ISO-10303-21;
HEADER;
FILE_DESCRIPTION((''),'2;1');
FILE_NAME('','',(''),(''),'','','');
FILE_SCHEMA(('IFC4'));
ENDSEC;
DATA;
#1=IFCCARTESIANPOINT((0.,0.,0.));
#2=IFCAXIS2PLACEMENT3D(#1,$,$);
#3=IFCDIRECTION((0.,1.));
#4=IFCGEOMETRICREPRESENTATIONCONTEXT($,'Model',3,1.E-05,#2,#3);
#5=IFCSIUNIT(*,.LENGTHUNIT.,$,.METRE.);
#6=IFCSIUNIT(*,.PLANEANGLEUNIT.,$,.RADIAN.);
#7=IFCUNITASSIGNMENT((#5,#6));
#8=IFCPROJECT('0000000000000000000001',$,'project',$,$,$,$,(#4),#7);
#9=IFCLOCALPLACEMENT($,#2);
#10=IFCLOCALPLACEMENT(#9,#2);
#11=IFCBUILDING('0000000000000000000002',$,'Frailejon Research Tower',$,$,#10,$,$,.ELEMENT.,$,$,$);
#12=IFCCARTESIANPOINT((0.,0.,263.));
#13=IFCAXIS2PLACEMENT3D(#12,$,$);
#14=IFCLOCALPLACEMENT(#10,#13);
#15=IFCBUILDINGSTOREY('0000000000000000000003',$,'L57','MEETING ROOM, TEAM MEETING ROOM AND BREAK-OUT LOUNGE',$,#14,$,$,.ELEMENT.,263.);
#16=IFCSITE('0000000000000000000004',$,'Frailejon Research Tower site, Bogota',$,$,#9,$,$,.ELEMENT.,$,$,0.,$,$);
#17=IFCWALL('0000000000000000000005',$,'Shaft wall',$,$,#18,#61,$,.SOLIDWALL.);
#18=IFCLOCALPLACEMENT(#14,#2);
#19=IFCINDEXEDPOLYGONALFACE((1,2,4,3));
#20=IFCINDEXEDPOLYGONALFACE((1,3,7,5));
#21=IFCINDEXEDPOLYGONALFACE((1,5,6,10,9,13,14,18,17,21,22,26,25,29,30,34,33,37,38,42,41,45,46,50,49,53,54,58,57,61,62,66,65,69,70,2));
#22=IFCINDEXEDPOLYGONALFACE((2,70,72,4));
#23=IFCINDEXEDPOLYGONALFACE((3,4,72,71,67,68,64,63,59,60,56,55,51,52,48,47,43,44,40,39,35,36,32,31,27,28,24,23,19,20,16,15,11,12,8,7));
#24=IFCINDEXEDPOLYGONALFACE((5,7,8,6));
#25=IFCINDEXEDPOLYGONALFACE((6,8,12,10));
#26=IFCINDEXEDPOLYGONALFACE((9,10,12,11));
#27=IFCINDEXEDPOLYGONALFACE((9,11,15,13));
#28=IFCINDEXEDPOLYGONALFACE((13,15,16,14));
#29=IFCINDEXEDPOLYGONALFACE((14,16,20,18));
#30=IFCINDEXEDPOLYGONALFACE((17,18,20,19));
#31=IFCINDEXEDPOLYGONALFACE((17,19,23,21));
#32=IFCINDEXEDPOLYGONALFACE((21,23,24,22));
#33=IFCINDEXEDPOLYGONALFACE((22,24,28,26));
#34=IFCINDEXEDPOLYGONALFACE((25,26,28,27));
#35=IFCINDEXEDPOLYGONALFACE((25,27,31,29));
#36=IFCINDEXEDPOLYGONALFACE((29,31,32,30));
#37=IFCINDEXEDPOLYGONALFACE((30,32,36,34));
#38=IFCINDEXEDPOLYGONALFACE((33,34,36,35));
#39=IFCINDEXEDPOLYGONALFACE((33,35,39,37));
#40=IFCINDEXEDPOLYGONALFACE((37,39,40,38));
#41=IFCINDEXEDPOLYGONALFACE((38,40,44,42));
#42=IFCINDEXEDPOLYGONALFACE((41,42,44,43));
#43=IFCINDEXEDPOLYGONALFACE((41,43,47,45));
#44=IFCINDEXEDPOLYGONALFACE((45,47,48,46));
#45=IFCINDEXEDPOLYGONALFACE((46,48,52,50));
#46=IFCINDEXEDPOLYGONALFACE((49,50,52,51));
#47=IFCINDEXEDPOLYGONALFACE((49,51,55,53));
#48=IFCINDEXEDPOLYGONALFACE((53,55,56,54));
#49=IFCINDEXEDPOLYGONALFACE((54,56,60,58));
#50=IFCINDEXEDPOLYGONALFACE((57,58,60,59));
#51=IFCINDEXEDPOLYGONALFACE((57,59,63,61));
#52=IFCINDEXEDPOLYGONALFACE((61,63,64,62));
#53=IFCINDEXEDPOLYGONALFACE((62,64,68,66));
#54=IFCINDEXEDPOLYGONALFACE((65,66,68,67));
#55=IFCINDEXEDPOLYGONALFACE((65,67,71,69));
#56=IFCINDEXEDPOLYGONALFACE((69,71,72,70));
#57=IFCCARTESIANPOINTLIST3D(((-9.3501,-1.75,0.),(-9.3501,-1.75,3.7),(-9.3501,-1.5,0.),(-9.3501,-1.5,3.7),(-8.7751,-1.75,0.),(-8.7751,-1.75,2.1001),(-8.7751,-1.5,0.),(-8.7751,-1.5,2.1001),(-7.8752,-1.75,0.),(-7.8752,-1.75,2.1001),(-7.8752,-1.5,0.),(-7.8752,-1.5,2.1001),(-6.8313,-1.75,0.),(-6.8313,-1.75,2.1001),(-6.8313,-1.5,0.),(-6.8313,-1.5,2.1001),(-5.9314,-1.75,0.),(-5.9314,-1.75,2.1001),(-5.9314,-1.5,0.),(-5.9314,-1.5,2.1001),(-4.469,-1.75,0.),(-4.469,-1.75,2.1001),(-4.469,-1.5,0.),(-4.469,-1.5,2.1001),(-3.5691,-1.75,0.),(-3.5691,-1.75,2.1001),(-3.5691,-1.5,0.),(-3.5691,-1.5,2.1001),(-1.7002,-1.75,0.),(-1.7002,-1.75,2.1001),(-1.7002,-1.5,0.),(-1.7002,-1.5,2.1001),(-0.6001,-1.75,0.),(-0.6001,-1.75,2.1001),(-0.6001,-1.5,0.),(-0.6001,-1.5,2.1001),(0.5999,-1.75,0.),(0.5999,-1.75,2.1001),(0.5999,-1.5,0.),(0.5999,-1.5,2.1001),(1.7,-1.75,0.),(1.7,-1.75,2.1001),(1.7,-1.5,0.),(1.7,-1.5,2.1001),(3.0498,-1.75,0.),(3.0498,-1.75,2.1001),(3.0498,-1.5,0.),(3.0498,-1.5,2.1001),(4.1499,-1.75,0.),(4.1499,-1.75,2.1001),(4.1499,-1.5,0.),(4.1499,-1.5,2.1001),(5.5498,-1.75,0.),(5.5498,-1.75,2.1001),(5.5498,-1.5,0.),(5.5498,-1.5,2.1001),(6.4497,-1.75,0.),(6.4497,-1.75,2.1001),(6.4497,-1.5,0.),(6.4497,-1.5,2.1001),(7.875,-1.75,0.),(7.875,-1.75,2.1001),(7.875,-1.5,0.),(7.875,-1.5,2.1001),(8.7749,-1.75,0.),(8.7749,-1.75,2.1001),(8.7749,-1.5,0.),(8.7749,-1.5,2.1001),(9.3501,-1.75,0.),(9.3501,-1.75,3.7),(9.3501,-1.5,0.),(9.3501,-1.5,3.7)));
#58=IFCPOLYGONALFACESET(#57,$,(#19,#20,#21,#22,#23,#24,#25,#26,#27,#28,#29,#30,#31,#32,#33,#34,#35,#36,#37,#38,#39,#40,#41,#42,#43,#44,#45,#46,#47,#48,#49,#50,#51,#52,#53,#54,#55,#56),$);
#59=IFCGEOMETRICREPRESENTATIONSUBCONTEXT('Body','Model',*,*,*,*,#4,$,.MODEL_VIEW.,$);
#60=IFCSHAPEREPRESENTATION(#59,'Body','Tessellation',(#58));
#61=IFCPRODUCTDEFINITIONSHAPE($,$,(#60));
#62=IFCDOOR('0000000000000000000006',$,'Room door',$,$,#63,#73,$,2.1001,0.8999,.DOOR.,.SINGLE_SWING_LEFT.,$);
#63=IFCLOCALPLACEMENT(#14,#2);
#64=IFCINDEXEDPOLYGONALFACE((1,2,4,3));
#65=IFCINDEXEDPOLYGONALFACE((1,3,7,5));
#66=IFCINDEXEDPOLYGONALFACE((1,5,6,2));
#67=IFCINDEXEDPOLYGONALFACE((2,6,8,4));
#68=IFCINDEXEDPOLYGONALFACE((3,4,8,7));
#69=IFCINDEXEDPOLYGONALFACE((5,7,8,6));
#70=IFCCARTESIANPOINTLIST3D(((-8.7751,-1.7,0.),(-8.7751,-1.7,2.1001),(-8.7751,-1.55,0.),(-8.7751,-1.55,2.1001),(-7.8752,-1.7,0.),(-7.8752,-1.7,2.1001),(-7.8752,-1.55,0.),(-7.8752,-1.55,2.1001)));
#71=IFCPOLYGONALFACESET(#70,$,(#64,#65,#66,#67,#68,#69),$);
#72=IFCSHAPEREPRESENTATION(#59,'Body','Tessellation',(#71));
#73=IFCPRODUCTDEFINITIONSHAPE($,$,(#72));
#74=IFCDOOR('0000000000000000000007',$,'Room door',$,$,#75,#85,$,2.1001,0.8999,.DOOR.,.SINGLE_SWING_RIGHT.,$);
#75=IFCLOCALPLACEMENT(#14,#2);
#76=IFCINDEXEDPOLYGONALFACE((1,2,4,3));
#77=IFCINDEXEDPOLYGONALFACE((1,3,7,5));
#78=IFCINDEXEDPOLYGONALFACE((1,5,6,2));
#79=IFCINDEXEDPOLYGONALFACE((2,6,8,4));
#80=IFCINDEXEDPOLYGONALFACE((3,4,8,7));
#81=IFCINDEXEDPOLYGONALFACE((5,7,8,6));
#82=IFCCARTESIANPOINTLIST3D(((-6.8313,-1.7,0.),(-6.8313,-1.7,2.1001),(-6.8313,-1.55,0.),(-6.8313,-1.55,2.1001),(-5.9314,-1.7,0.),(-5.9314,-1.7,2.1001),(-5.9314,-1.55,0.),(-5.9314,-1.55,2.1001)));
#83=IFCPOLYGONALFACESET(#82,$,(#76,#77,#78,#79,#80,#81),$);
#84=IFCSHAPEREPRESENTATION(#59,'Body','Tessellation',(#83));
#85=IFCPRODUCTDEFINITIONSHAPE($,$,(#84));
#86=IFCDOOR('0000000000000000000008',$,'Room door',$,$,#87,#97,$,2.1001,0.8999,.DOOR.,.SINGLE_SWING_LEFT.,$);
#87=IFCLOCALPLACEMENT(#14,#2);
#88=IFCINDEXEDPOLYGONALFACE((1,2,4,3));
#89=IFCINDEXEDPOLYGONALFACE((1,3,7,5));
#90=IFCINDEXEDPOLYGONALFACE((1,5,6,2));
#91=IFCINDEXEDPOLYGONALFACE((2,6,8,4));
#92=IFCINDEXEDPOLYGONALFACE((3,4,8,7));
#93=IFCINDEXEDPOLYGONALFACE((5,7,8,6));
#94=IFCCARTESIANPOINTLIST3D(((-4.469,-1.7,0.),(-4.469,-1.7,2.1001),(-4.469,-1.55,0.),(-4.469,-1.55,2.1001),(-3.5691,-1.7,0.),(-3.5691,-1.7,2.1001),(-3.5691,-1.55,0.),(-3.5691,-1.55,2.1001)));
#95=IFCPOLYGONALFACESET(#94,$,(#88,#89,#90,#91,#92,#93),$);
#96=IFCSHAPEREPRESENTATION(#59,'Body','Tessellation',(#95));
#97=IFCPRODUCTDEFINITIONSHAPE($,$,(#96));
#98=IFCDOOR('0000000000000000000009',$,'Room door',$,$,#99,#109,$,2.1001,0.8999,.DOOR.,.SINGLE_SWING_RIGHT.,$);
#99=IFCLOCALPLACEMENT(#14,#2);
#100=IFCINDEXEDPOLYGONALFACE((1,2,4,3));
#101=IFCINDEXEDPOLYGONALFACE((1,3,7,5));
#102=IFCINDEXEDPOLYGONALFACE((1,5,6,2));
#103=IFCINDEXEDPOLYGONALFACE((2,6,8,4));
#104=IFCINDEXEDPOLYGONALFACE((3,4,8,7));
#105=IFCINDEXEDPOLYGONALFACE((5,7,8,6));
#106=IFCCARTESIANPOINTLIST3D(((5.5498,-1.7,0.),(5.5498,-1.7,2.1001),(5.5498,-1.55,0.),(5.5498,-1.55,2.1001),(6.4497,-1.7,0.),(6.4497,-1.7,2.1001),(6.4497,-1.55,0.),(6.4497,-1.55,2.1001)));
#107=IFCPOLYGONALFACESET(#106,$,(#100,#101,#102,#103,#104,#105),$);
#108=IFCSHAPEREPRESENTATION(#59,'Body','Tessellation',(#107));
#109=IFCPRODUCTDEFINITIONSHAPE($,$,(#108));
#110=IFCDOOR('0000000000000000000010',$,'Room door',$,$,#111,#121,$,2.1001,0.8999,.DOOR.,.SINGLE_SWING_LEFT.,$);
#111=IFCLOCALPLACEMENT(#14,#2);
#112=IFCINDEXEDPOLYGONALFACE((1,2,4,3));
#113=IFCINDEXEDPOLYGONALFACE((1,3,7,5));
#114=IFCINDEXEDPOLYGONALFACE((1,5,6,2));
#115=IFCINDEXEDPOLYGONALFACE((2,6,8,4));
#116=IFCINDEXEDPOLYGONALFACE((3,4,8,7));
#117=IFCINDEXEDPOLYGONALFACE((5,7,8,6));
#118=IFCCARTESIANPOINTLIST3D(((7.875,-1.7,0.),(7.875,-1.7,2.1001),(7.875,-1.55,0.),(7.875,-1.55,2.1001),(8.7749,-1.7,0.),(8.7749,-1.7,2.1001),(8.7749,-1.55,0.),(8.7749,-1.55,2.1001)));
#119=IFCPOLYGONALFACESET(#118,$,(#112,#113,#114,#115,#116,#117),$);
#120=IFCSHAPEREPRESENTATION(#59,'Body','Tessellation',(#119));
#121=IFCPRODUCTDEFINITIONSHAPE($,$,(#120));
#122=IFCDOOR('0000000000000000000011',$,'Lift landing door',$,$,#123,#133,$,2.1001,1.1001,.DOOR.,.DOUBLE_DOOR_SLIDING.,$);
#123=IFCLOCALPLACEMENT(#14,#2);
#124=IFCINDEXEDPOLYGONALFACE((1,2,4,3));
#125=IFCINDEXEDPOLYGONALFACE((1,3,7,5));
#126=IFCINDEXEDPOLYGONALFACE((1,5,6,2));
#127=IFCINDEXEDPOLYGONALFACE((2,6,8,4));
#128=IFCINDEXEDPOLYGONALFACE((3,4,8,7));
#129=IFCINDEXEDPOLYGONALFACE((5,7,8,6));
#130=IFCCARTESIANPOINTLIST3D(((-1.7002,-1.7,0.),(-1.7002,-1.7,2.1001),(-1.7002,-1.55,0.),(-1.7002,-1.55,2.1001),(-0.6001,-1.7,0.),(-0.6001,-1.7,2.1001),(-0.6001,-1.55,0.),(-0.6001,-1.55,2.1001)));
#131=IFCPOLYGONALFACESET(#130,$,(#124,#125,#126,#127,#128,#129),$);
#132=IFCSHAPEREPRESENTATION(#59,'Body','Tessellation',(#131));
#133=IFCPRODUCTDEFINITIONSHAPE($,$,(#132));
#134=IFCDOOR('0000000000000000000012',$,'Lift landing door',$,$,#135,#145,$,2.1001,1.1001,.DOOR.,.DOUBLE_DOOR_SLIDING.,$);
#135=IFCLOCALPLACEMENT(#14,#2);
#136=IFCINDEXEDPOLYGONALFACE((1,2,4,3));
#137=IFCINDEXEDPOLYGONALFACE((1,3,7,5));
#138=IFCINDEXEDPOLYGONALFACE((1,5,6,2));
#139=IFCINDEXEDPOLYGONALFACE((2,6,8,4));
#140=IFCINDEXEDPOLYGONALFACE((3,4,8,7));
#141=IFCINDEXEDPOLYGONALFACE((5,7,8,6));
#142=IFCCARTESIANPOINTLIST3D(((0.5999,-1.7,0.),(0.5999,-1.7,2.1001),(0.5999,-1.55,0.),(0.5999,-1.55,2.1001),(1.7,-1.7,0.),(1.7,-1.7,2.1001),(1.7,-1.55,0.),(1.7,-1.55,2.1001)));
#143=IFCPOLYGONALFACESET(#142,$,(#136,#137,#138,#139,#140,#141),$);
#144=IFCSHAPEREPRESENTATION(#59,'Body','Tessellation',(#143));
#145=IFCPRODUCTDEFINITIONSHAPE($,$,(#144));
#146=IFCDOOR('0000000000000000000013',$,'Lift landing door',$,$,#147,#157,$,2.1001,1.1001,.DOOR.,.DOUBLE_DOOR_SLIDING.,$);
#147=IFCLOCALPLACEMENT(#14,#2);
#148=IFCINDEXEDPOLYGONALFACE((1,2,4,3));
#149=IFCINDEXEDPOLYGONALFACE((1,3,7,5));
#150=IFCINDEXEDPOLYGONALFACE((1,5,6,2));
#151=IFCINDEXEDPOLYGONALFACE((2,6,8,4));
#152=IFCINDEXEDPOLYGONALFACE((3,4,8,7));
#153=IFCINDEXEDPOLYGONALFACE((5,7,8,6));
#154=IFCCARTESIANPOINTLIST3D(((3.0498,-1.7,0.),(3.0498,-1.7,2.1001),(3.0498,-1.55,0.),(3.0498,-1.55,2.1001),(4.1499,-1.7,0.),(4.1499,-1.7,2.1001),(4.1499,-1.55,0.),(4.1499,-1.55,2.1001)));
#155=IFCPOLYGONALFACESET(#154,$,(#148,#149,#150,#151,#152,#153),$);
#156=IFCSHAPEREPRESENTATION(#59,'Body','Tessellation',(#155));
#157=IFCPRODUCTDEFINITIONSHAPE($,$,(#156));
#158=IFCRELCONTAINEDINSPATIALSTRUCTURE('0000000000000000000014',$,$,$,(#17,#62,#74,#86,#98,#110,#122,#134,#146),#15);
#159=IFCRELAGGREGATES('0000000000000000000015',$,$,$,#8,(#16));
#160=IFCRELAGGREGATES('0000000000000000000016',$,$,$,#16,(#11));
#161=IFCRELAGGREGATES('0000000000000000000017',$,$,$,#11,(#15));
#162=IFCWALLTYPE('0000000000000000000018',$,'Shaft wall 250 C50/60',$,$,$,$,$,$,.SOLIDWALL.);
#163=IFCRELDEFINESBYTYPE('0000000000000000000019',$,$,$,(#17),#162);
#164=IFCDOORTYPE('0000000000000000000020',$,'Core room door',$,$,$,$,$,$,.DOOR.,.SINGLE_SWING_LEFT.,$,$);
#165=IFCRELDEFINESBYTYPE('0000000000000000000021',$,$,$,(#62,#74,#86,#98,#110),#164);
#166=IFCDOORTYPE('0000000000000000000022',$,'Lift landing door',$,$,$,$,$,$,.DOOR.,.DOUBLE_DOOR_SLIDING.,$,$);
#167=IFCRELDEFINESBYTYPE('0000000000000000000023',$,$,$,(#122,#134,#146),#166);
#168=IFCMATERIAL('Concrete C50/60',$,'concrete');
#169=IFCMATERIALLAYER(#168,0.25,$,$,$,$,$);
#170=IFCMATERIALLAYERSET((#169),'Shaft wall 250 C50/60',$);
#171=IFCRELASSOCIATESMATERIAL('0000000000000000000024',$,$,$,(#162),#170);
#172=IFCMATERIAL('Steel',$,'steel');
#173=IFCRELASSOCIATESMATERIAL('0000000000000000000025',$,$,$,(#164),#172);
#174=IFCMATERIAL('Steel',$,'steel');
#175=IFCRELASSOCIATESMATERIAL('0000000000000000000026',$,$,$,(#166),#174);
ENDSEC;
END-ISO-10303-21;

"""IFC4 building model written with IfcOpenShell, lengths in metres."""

from ifc_helpers import new_model, si_unit, direction, frame, frame_2d, origin, place, context, subcontext, project, spatial, rectangle, extrude, material, layer, layer_set, type_object, element, fill, save


model = new_model("IFC4")

# Units and contexts
model_context = context("Model", 3, precision=1e-05, world=origin(), true_north=direction((0.0, 1.0)))
body_context = subcontext(model_context, "Body", "Model", "MODEL_VIEW")
ifc_project = project(units=[si_unit("LENGTHUNIT", "METRE"), si_unit("PLANEANGLEUNIT", "RADIAN")], contexts=[model_context])

# Site, building, storey
site_placement = place(None, origin())
site = spatial("IfcSite", under=ifc_project, at=site_placement, Name="Frailejon Research Tower site, Bogota", CompositionType="ELEMENT", RefElevation=0.0)
building_placement = place(site_placement, origin())
building = spatial("IfcBuilding", under=site, at=building_placement, Name="Frailejon Research Tower", CompositionType="ELEMENT")
storey_placement = place(building_placement, frame((0.0, 0.0, 263.0)))
storey = spatial("IfcBuildingStorey", under=building, at=storey_placement, Name="L57", Description="MEETING ROOM, TEAM MEETING ROOM AND BREAK-OUT LOUNGE", CompositionType="ELEMENT", Elevation=263.0)

# Wall, openings, doors
ifc_material_1 = material(Name="Concrete C50/60", Category="concrete")
ifc_layer_1 = layer(ifc_material_1, 0.25)
ifc_layer_set_1 = layer_set([ifc_layer_1], Name="Shaft wall 250 C50/60")
wall_type_1 = type_object("IfcWallType", Name="Shaft wall 250 C50/60", PredefinedType="SOLIDWALL", material=ifc_layer_set_1)
wall_1_placement = place(storey_placement, frame((-9.3501, -1.625, 0.0), z_axis=(0.0, 0.0, 1.0), x_axis=(1.0, 0.0, 0.0)))
wall_1 = element("IfcWall", 1, at=wall_1_placement, inside=storey, type_object=wall_type_1, Name="Shaft wall", PredefinedType="SOLIDWALL", context=body_context, shape_type="SweptSolid", body=[
    extrude(rectangle(XDim=18.7002, YDim=0.25, at=frame_2d((9.3501, 0.0))), origin(), (0.0, 0.0, 1.0), 3.7),
])
opening_1_placement = place(wall_1_placement, frame((7.6499, 0.0, 0.0)))
opening_1 = element("IfcOpeningElement", 2, at=opening_1_placement, cuts=wall_1, PredefinedType="OPENING", context=body_context, shape_type="SweptSolid", body=[
    extrude(rectangle(XDim=1.1001, YDim=2.1001, at=frame_2d((0.55, 1.05))), frame((0.0, 0.135, 0.0), z_axis=(0.0, -1.0, 0.0), x_axis=(1.0, 0.0, 0.0)), (0.0, 0.0, 1.0), 0.27),
])
opening_2_placement = place(wall_1_placement, frame((9.95, 0.0, 0.0)))
opening_2 = element("IfcOpeningElement", 3, at=opening_2_placement, cuts=wall_1, PredefinedType="OPENING", context=body_context, shape_type="SweptSolid", body=[
    extrude(rectangle(XDim=1.1001, YDim=2.1001, at=frame_2d((0.55, 1.05))), frame((0.0, 0.135, 0.0), z_axis=(0.0, -1.0, 0.0), x_axis=(1.0, 0.0, 0.0)), (0.0, 0.0, 1.0), 0.27),
])
opening_3_placement = place(wall_1_placement, frame((12.3999, 0.0, 0.0)))
opening_3 = element("IfcOpeningElement", 4, at=opening_3_placement, cuts=wall_1, PredefinedType="OPENING", context=body_context, shape_type="SweptSolid", body=[
    extrude(rectangle(XDim=1.1001, YDim=2.1001, at=frame_2d((0.55, 1.05))), frame((0.0, 0.135, 0.0), z_axis=(0.0, -1.0, 0.0), x_axis=(1.0, 0.0, 0.0)), (0.0, 0.0, 1.0), 0.27),
])
opening_4_placement = place(wall_1_placement, frame((0.575, 0.0, 0.0)))
opening_4 = element("IfcOpeningElement", 5, at=opening_4_placement, cuts=wall_1, PredefinedType="OPENING", context=body_context, shape_type="SweptSolid", body=[
    extrude(rectangle(XDim=0.8999, YDim=2.1001, at=frame_2d((0.45, 1.05))), frame((0.0, 0.135, 0.0), z_axis=(0.0, -1.0, 0.0), x_axis=(1.0, 0.0, 0.0)), (0.0, 0.0, 1.0), 0.27),
])
opening_5_placement = place(wall_1_placement, frame((2.5188, 0.0, 0.0)))
opening_5 = element("IfcOpeningElement", 6, at=opening_5_placement, cuts=wall_1, PredefinedType="OPENING", context=body_context, shape_type="SweptSolid", body=[
    extrude(rectangle(XDim=0.8999, YDim=2.1001, at=frame_2d((0.45, 1.05))), frame((0.0, 0.135, 0.0), z_axis=(0.0, -1.0, 0.0), x_axis=(1.0, 0.0, 0.0)), (0.0, 0.0, 1.0), 0.27),
])
opening_6_placement = place(wall_1_placement, frame((4.8811, 0.0, 0.0)))
opening_6 = element("IfcOpeningElement", 7, at=opening_6_placement, cuts=wall_1, PredefinedType="OPENING", context=body_context, shape_type="SweptSolid", body=[
    extrude(rectangle(XDim=0.8999, YDim=2.1001, at=frame_2d((0.45, 1.05))), frame((0.0, 0.135, 0.0), z_axis=(0.0, -1.0, 0.0), x_axis=(1.0, 0.0, 0.0)), (0.0, 0.0, 1.0), 0.27),
])
opening_7_placement = place(wall_1_placement, frame((14.8999, 0.0, 0.0)))
opening_7 = element("IfcOpeningElement", 8, at=opening_7_placement, cuts=wall_1, PredefinedType="OPENING", context=body_context, shape_type="SweptSolid", body=[
    extrude(rectangle(XDim=0.8999, YDim=2.1001, at=frame_2d((0.45, 1.05))), frame((0.0, 0.135, 0.0), z_axis=(0.0, -1.0, 0.0), x_axis=(1.0, 0.0, 0.0)), (0.0, 0.0, 1.0), 0.27),
])
opening_8_placement = place(wall_1_placement, frame((17.2251, 0.0, 0.0)))
opening_8 = element("IfcOpeningElement", 9, at=opening_8_placement, cuts=wall_1, PredefinedType="OPENING", context=body_context, shape_type="SweptSolid", body=[
    extrude(rectangle(XDim=0.8999, YDim=2.1001, at=frame_2d((0.45, 1.05))), frame((0.0, 0.135, 0.0), z_axis=(0.0, -1.0, 0.0), x_axis=(1.0, 0.0, 0.0)), (0.0, 0.0, 1.0), 0.27),
])
ifc_material_2 = material(Name="Steel", Category="steel")
door_type_1 = type_object("IfcDoorType", Name="Core room door", OperationType="SINGLE_SWING_LEFT", PredefinedType="DOOR", material=ifc_material_2)
door_1_placement = place(opening_4_placement, origin())
door_1 = element("IfcDoor", 10, at=door_1_placement, inside=storey, type_object=door_type_1, Name="Room door", OperationType="SINGLE_SWING_LEFT", OverallHeight=2.1001, OverallWidth=0.8999, PredefinedType="DOOR", context=body_context, shape_type="SweptSolid", body=[
    extrude(rectangle(XDim=0.8999, YDim=2.1001, at=frame_2d((0.45, 1.05))), frame((0.0, 0.075, 0.0), z_axis=(0.0, -1.0, 0.0), x_axis=(1.0, 0.0, 0.0)), (0.0, 0.0, 1.0), 0.1499),
])
fill(opening_4, door_1)
door_2_placement = place(opening_5_placement, origin())
door_2 = element("IfcDoor", 11, at=door_2_placement, inside=storey, type_object=door_type_1, Name="Room door", OperationType="SINGLE_SWING_RIGHT", OverallHeight=2.1001, OverallWidth=0.8999, PredefinedType="DOOR", context=body_context, shape_type="SweptSolid", body=[
    extrude(rectangle(XDim=0.8999, YDim=2.1001, at=frame_2d((0.45, 1.05))), frame((0.0, 0.075, 0.0), z_axis=(0.0, -1.0, 0.0), x_axis=(1.0, 0.0, 0.0)), (0.0, 0.0, 1.0), 0.1499),
])
fill(opening_5, door_2)
door_3_placement = place(opening_6_placement, origin())
door_3 = element("IfcDoor", 12, at=door_3_placement, inside=storey, type_object=door_type_1, Name="Room door", OperationType="SINGLE_SWING_LEFT", OverallHeight=2.1001, OverallWidth=0.8999, PredefinedType="DOOR", context=body_context, shape_type="SweptSolid", body=[
    extrude(rectangle(XDim=0.8999, YDim=2.1001, at=frame_2d((0.45, 1.05))), frame((0.0, 0.075, 0.0), z_axis=(0.0, -1.0, 0.0), x_axis=(1.0, 0.0, 0.0)), (0.0, 0.0, 1.0), 0.1499),
])
fill(opening_6, door_3)
door_4_placement = place(opening_7_placement, origin())
door_4 = element("IfcDoor", 13, at=door_4_placement, inside=storey, type_object=door_type_1, Name="Room door", OperationType="SINGLE_SWING_RIGHT", OverallHeight=2.1001, OverallWidth=0.8999, PredefinedType="DOOR", context=body_context, shape_type="SweptSolid", body=[
    extrude(rectangle(XDim=0.8999, YDim=2.1001, at=frame_2d((0.45, 1.05))), frame((0.0, 0.075, 0.0), z_axis=(0.0, -1.0, 0.0), x_axis=(1.0, 0.0, 0.0)), (0.0, 0.0, 1.0), 0.1499),
])
fill(opening_7, door_4)
door_5_placement = place(opening_8_placement, origin())
door_5 = element("IfcDoor", 14, at=door_5_placement, inside=storey, type_object=door_type_1, Name="Room door", OperationType="SINGLE_SWING_LEFT", OverallHeight=2.1001, OverallWidth=0.8999, PredefinedType="DOOR", context=body_context, shape_type="SweptSolid", body=[
    extrude(rectangle(XDim=0.8999, YDim=2.1001, at=frame_2d((0.45, 1.05))), frame((0.0, 0.075, 0.0), z_axis=(0.0, -1.0, 0.0), x_axis=(1.0, 0.0, 0.0)), (0.0, 0.0, 1.0), 0.1499),
])
fill(opening_8, door_5)
ifc_material_3 = material(Name="Steel", Category="steel")
door_type_2 = type_object("IfcDoorType", Name="Lift landing door", OperationType="DOUBLE_DOOR_SLIDING", PredefinedType="DOOR", material=ifc_material_3)
door_6_placement = place(opening_1_placement, origin())
door_6 = element("IfcDoor", 15, at=door_6_placement, inside=storey, type_object=door_type_2, Name="Lift landing door", OperationType="DOUBLE_DOOR_SLIDING", OverallHeight=2.1001, OverallWidth=1.1001, PredefinedType="DOOR", context=body_context, shape_type="SweptSolid", body=[
    extrude(rectangle(XDim=1.1001, YDim=2.1001, at=frame_2d((0.55, 1.05))), frame((0.0, 0.075, 0.0), z_axis=(0.0, -1.0, 0.0), x_axis=(1.0, 0.0, 0.0)), (0.0, 0.0, 1.0), 0.1499),
])
fill(opening_1, door_6)
door_7_placement = place(opening_2_placement, origin())
door_7 = element("IfcDoor", 16, at=door_7_placement, inside=storey, type_object=door_type_2, Name="Lift landing door", OperationType="DOUBLE_DOOR_SLIDING", OverallHeight=2.1001, OverallWidth=1.1001, PredefinedType="DOOR", context=body_context, shape_type="SweptSolid", body=[
    extrude(rectangle(XDim=1.1001, YDim=2.1001, at=frame_2d((0.55, 1.05))), frame((0.0, 0.075, 0.0), z_axis=(0.0, -1.0, 0.0), x_axis=(1.0, 0.0, 0.0)), (0.0, 0.0, 1.0), 0.1499),
])
fill(opening_2, door_7)
door_8_placement = place(opening_3_placement, origin())
door_8 = element("IfcDoor", 17, at=door_8_placement, inside=storey, type_object=door_type_2, Name="Lift landing door", OperationType="DOUBLE_DOOR_SLIDING", OverallHeight=2.1001, OverallWidth=1.1001, PredefinedType="DOOR", context=body_context, shape_type="SweptSolid", body=[
    extrude(rectangle(XDim=1.1001, YDim=2.1001, at=frame_2d((0.55, 1.05))), frame((0.0, 0.075, 0.0), z_axis=(0.0, -1.0, 0.0), x_axis=(1.0, 0.0, 0.0)), (0.0, 0.0, 1.0), 0.1499),
])
fill(opening_3, door_8)

save(model, "model.ifc")
